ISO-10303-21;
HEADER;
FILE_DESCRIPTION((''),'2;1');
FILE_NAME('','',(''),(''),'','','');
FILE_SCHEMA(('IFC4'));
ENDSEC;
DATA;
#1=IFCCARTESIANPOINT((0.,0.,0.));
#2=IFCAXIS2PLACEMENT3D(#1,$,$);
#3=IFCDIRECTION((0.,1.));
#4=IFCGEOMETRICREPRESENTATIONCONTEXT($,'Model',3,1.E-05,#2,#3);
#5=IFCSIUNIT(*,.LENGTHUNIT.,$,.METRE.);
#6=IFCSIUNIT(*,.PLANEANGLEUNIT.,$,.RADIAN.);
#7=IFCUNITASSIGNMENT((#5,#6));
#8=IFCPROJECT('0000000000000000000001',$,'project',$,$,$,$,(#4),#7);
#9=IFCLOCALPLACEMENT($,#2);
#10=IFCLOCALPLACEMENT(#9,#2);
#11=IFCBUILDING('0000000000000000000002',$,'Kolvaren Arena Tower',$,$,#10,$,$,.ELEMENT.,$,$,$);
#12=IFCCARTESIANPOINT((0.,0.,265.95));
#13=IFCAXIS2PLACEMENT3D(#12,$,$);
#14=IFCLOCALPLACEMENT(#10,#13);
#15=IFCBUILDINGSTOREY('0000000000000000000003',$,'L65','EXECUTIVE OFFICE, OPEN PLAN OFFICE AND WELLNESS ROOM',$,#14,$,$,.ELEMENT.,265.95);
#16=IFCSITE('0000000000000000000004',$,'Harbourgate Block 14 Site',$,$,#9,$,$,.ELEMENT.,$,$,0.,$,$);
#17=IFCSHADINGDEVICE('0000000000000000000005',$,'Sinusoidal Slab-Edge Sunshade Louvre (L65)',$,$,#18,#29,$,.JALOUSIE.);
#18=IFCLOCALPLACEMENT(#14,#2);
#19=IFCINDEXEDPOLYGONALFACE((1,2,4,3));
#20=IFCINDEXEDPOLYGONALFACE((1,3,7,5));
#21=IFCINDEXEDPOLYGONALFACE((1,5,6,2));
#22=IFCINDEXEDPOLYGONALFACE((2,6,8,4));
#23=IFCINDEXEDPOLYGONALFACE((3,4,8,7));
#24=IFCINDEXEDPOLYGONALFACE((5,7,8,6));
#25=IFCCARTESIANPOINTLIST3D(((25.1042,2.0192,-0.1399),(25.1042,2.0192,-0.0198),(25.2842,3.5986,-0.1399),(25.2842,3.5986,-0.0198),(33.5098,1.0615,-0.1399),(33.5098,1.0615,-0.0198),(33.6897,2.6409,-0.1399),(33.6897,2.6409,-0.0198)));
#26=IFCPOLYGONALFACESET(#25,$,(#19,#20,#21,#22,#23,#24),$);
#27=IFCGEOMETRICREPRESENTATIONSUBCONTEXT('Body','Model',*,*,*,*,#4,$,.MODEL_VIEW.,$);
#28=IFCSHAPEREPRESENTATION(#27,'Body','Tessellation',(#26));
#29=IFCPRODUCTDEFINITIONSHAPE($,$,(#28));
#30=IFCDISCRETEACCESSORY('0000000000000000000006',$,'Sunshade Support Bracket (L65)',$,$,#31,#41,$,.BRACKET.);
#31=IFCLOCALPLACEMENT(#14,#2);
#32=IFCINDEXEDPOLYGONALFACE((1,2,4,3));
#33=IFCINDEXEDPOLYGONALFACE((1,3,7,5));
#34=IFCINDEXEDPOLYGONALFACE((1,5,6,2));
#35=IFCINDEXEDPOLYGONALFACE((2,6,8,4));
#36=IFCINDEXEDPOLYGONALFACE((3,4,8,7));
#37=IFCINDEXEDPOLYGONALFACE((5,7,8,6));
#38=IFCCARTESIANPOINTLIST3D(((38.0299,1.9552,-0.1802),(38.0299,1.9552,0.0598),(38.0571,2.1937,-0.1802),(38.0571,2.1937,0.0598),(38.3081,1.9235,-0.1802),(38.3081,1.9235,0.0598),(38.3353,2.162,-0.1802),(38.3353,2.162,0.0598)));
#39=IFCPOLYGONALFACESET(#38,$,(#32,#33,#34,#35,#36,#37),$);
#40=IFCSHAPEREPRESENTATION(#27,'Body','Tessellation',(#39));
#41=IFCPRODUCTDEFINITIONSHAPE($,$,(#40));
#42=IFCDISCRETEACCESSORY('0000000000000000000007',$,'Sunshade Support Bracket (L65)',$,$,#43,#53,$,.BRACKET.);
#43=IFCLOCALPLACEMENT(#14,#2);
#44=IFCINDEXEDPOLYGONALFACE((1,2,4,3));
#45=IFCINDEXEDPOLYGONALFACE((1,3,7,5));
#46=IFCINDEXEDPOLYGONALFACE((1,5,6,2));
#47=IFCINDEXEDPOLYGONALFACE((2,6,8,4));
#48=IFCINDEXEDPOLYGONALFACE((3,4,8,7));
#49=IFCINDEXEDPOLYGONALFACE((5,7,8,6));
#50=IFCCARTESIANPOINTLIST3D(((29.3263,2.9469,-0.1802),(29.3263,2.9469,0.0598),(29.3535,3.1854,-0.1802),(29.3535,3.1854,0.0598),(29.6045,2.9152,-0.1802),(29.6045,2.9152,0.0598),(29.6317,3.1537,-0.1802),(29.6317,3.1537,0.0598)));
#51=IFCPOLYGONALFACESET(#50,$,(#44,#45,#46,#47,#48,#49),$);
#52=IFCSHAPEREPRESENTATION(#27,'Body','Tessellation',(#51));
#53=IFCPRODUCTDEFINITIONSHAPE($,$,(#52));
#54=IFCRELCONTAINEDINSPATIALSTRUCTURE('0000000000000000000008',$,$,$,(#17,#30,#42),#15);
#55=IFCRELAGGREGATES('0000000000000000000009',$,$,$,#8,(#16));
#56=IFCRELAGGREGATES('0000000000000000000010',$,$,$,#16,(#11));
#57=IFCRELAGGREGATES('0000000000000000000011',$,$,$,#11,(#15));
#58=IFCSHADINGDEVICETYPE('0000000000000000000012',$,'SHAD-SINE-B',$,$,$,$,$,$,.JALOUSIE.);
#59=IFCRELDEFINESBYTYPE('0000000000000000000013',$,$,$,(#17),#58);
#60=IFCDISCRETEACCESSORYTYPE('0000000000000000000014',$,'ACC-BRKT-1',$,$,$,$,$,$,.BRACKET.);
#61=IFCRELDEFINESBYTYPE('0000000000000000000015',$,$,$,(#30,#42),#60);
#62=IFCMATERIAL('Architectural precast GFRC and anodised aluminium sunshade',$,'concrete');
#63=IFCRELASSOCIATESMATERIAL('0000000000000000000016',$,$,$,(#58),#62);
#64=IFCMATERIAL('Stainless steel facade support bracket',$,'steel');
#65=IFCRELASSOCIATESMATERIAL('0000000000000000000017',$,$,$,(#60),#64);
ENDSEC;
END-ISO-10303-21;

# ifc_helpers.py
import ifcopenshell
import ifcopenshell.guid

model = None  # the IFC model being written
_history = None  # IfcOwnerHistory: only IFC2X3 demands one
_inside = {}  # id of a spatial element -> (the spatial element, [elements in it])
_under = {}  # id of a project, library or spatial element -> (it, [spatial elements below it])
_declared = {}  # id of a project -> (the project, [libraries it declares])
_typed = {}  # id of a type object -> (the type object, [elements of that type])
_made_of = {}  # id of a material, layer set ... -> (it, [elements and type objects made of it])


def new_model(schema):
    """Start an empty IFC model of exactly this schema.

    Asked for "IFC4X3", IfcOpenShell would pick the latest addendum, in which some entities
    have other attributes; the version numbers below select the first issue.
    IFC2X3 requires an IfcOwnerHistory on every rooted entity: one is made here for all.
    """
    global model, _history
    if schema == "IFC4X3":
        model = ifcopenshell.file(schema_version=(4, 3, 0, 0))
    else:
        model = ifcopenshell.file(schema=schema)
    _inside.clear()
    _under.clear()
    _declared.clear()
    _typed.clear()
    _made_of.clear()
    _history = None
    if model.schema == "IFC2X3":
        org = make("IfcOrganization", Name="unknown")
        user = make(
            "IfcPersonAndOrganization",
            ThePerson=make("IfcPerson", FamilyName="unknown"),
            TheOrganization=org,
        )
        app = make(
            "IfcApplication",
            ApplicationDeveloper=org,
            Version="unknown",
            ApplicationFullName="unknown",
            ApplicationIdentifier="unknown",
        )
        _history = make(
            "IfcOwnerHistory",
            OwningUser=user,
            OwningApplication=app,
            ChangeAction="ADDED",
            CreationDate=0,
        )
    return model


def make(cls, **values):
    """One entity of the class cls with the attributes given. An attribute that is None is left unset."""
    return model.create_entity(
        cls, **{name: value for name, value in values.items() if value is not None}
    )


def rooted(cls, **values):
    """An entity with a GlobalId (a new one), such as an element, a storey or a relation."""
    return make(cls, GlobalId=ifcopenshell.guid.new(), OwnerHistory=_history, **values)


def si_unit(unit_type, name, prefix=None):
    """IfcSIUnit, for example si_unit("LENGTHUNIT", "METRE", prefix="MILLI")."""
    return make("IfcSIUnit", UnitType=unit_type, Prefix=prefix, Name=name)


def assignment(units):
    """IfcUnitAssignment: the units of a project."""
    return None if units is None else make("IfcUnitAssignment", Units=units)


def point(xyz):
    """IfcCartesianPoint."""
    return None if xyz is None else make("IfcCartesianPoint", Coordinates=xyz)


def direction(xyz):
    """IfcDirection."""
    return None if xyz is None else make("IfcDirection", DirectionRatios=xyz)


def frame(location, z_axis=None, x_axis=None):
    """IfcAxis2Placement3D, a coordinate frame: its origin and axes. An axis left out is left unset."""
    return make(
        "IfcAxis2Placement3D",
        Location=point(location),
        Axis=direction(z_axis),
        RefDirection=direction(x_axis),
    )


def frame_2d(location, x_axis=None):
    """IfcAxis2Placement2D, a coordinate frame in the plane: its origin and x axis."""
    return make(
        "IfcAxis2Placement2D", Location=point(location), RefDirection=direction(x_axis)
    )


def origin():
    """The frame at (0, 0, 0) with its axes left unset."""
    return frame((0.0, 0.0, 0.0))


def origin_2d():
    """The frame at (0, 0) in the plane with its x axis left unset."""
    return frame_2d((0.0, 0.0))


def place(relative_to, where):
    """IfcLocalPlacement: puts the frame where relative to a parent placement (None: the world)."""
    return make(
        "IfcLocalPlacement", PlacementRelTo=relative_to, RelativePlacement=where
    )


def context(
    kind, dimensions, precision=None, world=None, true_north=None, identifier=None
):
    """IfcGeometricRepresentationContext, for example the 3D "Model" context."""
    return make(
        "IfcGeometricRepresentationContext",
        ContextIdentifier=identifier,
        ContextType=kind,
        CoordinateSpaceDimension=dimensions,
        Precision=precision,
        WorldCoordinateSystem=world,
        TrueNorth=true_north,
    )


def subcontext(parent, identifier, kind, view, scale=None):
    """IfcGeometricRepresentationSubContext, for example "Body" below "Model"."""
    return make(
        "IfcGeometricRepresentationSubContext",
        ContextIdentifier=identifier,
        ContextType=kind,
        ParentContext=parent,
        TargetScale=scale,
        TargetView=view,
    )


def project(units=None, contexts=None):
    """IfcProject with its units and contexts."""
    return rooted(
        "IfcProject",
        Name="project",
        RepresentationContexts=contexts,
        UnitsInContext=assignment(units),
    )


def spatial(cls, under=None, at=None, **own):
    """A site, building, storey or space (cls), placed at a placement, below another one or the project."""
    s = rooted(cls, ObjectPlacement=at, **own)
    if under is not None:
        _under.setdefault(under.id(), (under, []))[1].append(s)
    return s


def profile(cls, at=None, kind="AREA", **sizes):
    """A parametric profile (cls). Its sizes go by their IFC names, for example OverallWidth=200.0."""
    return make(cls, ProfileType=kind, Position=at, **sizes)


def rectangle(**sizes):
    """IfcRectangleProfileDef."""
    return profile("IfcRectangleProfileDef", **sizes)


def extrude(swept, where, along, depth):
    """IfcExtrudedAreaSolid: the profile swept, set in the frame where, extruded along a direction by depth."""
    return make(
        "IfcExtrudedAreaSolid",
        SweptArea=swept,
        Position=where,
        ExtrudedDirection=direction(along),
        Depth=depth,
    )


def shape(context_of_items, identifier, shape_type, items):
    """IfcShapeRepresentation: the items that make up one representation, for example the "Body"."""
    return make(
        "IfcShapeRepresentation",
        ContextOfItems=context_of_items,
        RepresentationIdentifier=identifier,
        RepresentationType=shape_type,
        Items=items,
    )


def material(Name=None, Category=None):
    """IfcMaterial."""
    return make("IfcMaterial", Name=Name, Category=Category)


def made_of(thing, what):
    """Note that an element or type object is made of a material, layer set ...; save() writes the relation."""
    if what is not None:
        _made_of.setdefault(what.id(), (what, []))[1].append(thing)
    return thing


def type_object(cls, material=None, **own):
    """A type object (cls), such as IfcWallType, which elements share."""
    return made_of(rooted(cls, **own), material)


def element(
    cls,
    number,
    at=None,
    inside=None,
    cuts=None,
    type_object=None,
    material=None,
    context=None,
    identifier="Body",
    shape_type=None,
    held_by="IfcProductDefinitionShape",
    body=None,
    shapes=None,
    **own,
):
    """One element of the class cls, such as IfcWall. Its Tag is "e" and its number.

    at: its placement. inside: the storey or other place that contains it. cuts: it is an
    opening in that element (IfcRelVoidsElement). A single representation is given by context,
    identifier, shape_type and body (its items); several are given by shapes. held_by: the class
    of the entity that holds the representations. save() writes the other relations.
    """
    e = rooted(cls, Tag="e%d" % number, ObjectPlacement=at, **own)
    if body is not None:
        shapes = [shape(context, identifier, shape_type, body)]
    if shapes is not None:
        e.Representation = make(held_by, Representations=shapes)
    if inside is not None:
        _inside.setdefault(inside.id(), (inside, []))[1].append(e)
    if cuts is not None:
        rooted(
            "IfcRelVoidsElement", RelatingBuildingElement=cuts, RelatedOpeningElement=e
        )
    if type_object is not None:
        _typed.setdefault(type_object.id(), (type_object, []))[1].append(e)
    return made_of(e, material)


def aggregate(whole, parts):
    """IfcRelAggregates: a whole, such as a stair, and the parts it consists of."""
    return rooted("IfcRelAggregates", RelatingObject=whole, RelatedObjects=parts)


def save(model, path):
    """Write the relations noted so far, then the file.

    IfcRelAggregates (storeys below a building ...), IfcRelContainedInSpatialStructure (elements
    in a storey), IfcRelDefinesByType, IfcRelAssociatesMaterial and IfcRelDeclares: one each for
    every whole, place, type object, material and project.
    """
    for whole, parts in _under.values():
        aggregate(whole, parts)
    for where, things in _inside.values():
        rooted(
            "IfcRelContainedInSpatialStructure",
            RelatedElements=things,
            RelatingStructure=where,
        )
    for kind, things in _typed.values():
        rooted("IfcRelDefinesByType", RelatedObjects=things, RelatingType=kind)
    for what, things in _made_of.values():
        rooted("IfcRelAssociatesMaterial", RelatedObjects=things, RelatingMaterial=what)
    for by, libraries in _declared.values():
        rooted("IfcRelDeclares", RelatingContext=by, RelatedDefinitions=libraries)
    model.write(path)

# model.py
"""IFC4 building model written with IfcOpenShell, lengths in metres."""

from ifc_helpers import new_model, si_unit, direction, frame, origin, origin_2d, place, context, subcontext, project, spatial, rectangle, extrude, material, type_object, element, save


model = new_model("IFC4")

# Units and contexts
model_context = context("Model", 3, precision=1e-05, world=origin(), true_north=direction((0.0, 1.0)))
body_context = subcontext(model_context, "Body", "Model", "MODEL_VIEW")
ifc_project = project(units=[si_unit("LENGTHUNIT", "METRE"), si_unit("PLANEANGLEUNIT", "RADIAN")], contexts=[model_context])

# Site, building, storey
site_placement = place(None, origin())
site = spatial("IfcSite", under=ifc_project, at=site_placement, Name="Harbourgate Block 14 Site", CompositionType="ELEMENT", RefElevation=0.0)
building_placement = place(site_placement, origin())
building = spatial("IfcBuilding", under=site, at=building_placement, Name="Kolvaren Arena Tower", CompositionType="ELEMENT")
storey_placement = place(building_placement, frame((0.0, 0.0, 265.95)))
storey = spatial("IfcBuildingStorey", under=building, at=storey_placement, Name="L65", Description="EXECUTIVE OFFICE, OPEN PLAN OFFICE AND WELLNESS ROOM", CompositionType="ELEMENT", Elevation=265.95)

# Shading device
ifc_material_1 = material(Name="Architectural precast GFRC and anodised aluminium sunshade", Category="concrete")
shading_device_type_1 = type_object("IfcShadingDeviceType", Name="SHAD-SINE-B", PredefinedType="JALOUSIE", material=ifc_material_1)
shading_device_1_placement = place(storey_placement, frame((29.397, 2.3301, -0.1399), z_axis=(0.0, 0.0, 1.0), x_axis=(-0.993572, 0.113205, 0.0)))
element("IfcShadingDevice", 1, at=shading_device_1_placement, inside=storey, type_object=shading_device_type_1, Name="Sinusoidal Slab-Edge Sunshade Louvre (L65)", PredefinedType="JALOUSIE", context=body_context, shape_type="SweptSolid", body=[
    extrude(rectangle(XDim=8.46, YDim=1.5896, at=origin_2d()), origin(), (0.0, 0.0, 1.0), 0.1201),
])

# Discrete accessories
ifc_material_2 = material(Name="Stainless steel facade support bracket", Category="steel")
discrete_accessory_type = type_object("IfcDiscreteAccessoryType", Name="ACC-BRKT-1", PredefinedType="BRACKET", material=ifc_material_2)
for number, where, z_axis, x_axis, name in (
    (2, (38.1826, 2.0586, -0.1802), (0.0, 0.0, 1.0), (-0.993572, 0.113205, 0.0), "Sunshade Support Bracket (L65)"),
    (3, (29.479, 3.0503, -0.1802), (0.0, 0.0, 1.0), (-0.993572, 0.113205, 0.0), "Sunshade Support Bracket (L65)"),
):
    element("IfcDiscreteAccessory", number, at=place(storey_placement, frame(where, z_axis=z_axis, x_axis=x_axis)), inside=storey, type_object=discrete_accessory_type, Name=name, PredefinedType="BRACKET", context=body_context, shape_type="SweptSolid", body=[
        extrude(rectangle(XDim=0.28, YDim=0.24, at=origin_2d()), origin(), (0.0, 0.0, 1.0), 0.24),
    ])

save(model, "model.ifc")
